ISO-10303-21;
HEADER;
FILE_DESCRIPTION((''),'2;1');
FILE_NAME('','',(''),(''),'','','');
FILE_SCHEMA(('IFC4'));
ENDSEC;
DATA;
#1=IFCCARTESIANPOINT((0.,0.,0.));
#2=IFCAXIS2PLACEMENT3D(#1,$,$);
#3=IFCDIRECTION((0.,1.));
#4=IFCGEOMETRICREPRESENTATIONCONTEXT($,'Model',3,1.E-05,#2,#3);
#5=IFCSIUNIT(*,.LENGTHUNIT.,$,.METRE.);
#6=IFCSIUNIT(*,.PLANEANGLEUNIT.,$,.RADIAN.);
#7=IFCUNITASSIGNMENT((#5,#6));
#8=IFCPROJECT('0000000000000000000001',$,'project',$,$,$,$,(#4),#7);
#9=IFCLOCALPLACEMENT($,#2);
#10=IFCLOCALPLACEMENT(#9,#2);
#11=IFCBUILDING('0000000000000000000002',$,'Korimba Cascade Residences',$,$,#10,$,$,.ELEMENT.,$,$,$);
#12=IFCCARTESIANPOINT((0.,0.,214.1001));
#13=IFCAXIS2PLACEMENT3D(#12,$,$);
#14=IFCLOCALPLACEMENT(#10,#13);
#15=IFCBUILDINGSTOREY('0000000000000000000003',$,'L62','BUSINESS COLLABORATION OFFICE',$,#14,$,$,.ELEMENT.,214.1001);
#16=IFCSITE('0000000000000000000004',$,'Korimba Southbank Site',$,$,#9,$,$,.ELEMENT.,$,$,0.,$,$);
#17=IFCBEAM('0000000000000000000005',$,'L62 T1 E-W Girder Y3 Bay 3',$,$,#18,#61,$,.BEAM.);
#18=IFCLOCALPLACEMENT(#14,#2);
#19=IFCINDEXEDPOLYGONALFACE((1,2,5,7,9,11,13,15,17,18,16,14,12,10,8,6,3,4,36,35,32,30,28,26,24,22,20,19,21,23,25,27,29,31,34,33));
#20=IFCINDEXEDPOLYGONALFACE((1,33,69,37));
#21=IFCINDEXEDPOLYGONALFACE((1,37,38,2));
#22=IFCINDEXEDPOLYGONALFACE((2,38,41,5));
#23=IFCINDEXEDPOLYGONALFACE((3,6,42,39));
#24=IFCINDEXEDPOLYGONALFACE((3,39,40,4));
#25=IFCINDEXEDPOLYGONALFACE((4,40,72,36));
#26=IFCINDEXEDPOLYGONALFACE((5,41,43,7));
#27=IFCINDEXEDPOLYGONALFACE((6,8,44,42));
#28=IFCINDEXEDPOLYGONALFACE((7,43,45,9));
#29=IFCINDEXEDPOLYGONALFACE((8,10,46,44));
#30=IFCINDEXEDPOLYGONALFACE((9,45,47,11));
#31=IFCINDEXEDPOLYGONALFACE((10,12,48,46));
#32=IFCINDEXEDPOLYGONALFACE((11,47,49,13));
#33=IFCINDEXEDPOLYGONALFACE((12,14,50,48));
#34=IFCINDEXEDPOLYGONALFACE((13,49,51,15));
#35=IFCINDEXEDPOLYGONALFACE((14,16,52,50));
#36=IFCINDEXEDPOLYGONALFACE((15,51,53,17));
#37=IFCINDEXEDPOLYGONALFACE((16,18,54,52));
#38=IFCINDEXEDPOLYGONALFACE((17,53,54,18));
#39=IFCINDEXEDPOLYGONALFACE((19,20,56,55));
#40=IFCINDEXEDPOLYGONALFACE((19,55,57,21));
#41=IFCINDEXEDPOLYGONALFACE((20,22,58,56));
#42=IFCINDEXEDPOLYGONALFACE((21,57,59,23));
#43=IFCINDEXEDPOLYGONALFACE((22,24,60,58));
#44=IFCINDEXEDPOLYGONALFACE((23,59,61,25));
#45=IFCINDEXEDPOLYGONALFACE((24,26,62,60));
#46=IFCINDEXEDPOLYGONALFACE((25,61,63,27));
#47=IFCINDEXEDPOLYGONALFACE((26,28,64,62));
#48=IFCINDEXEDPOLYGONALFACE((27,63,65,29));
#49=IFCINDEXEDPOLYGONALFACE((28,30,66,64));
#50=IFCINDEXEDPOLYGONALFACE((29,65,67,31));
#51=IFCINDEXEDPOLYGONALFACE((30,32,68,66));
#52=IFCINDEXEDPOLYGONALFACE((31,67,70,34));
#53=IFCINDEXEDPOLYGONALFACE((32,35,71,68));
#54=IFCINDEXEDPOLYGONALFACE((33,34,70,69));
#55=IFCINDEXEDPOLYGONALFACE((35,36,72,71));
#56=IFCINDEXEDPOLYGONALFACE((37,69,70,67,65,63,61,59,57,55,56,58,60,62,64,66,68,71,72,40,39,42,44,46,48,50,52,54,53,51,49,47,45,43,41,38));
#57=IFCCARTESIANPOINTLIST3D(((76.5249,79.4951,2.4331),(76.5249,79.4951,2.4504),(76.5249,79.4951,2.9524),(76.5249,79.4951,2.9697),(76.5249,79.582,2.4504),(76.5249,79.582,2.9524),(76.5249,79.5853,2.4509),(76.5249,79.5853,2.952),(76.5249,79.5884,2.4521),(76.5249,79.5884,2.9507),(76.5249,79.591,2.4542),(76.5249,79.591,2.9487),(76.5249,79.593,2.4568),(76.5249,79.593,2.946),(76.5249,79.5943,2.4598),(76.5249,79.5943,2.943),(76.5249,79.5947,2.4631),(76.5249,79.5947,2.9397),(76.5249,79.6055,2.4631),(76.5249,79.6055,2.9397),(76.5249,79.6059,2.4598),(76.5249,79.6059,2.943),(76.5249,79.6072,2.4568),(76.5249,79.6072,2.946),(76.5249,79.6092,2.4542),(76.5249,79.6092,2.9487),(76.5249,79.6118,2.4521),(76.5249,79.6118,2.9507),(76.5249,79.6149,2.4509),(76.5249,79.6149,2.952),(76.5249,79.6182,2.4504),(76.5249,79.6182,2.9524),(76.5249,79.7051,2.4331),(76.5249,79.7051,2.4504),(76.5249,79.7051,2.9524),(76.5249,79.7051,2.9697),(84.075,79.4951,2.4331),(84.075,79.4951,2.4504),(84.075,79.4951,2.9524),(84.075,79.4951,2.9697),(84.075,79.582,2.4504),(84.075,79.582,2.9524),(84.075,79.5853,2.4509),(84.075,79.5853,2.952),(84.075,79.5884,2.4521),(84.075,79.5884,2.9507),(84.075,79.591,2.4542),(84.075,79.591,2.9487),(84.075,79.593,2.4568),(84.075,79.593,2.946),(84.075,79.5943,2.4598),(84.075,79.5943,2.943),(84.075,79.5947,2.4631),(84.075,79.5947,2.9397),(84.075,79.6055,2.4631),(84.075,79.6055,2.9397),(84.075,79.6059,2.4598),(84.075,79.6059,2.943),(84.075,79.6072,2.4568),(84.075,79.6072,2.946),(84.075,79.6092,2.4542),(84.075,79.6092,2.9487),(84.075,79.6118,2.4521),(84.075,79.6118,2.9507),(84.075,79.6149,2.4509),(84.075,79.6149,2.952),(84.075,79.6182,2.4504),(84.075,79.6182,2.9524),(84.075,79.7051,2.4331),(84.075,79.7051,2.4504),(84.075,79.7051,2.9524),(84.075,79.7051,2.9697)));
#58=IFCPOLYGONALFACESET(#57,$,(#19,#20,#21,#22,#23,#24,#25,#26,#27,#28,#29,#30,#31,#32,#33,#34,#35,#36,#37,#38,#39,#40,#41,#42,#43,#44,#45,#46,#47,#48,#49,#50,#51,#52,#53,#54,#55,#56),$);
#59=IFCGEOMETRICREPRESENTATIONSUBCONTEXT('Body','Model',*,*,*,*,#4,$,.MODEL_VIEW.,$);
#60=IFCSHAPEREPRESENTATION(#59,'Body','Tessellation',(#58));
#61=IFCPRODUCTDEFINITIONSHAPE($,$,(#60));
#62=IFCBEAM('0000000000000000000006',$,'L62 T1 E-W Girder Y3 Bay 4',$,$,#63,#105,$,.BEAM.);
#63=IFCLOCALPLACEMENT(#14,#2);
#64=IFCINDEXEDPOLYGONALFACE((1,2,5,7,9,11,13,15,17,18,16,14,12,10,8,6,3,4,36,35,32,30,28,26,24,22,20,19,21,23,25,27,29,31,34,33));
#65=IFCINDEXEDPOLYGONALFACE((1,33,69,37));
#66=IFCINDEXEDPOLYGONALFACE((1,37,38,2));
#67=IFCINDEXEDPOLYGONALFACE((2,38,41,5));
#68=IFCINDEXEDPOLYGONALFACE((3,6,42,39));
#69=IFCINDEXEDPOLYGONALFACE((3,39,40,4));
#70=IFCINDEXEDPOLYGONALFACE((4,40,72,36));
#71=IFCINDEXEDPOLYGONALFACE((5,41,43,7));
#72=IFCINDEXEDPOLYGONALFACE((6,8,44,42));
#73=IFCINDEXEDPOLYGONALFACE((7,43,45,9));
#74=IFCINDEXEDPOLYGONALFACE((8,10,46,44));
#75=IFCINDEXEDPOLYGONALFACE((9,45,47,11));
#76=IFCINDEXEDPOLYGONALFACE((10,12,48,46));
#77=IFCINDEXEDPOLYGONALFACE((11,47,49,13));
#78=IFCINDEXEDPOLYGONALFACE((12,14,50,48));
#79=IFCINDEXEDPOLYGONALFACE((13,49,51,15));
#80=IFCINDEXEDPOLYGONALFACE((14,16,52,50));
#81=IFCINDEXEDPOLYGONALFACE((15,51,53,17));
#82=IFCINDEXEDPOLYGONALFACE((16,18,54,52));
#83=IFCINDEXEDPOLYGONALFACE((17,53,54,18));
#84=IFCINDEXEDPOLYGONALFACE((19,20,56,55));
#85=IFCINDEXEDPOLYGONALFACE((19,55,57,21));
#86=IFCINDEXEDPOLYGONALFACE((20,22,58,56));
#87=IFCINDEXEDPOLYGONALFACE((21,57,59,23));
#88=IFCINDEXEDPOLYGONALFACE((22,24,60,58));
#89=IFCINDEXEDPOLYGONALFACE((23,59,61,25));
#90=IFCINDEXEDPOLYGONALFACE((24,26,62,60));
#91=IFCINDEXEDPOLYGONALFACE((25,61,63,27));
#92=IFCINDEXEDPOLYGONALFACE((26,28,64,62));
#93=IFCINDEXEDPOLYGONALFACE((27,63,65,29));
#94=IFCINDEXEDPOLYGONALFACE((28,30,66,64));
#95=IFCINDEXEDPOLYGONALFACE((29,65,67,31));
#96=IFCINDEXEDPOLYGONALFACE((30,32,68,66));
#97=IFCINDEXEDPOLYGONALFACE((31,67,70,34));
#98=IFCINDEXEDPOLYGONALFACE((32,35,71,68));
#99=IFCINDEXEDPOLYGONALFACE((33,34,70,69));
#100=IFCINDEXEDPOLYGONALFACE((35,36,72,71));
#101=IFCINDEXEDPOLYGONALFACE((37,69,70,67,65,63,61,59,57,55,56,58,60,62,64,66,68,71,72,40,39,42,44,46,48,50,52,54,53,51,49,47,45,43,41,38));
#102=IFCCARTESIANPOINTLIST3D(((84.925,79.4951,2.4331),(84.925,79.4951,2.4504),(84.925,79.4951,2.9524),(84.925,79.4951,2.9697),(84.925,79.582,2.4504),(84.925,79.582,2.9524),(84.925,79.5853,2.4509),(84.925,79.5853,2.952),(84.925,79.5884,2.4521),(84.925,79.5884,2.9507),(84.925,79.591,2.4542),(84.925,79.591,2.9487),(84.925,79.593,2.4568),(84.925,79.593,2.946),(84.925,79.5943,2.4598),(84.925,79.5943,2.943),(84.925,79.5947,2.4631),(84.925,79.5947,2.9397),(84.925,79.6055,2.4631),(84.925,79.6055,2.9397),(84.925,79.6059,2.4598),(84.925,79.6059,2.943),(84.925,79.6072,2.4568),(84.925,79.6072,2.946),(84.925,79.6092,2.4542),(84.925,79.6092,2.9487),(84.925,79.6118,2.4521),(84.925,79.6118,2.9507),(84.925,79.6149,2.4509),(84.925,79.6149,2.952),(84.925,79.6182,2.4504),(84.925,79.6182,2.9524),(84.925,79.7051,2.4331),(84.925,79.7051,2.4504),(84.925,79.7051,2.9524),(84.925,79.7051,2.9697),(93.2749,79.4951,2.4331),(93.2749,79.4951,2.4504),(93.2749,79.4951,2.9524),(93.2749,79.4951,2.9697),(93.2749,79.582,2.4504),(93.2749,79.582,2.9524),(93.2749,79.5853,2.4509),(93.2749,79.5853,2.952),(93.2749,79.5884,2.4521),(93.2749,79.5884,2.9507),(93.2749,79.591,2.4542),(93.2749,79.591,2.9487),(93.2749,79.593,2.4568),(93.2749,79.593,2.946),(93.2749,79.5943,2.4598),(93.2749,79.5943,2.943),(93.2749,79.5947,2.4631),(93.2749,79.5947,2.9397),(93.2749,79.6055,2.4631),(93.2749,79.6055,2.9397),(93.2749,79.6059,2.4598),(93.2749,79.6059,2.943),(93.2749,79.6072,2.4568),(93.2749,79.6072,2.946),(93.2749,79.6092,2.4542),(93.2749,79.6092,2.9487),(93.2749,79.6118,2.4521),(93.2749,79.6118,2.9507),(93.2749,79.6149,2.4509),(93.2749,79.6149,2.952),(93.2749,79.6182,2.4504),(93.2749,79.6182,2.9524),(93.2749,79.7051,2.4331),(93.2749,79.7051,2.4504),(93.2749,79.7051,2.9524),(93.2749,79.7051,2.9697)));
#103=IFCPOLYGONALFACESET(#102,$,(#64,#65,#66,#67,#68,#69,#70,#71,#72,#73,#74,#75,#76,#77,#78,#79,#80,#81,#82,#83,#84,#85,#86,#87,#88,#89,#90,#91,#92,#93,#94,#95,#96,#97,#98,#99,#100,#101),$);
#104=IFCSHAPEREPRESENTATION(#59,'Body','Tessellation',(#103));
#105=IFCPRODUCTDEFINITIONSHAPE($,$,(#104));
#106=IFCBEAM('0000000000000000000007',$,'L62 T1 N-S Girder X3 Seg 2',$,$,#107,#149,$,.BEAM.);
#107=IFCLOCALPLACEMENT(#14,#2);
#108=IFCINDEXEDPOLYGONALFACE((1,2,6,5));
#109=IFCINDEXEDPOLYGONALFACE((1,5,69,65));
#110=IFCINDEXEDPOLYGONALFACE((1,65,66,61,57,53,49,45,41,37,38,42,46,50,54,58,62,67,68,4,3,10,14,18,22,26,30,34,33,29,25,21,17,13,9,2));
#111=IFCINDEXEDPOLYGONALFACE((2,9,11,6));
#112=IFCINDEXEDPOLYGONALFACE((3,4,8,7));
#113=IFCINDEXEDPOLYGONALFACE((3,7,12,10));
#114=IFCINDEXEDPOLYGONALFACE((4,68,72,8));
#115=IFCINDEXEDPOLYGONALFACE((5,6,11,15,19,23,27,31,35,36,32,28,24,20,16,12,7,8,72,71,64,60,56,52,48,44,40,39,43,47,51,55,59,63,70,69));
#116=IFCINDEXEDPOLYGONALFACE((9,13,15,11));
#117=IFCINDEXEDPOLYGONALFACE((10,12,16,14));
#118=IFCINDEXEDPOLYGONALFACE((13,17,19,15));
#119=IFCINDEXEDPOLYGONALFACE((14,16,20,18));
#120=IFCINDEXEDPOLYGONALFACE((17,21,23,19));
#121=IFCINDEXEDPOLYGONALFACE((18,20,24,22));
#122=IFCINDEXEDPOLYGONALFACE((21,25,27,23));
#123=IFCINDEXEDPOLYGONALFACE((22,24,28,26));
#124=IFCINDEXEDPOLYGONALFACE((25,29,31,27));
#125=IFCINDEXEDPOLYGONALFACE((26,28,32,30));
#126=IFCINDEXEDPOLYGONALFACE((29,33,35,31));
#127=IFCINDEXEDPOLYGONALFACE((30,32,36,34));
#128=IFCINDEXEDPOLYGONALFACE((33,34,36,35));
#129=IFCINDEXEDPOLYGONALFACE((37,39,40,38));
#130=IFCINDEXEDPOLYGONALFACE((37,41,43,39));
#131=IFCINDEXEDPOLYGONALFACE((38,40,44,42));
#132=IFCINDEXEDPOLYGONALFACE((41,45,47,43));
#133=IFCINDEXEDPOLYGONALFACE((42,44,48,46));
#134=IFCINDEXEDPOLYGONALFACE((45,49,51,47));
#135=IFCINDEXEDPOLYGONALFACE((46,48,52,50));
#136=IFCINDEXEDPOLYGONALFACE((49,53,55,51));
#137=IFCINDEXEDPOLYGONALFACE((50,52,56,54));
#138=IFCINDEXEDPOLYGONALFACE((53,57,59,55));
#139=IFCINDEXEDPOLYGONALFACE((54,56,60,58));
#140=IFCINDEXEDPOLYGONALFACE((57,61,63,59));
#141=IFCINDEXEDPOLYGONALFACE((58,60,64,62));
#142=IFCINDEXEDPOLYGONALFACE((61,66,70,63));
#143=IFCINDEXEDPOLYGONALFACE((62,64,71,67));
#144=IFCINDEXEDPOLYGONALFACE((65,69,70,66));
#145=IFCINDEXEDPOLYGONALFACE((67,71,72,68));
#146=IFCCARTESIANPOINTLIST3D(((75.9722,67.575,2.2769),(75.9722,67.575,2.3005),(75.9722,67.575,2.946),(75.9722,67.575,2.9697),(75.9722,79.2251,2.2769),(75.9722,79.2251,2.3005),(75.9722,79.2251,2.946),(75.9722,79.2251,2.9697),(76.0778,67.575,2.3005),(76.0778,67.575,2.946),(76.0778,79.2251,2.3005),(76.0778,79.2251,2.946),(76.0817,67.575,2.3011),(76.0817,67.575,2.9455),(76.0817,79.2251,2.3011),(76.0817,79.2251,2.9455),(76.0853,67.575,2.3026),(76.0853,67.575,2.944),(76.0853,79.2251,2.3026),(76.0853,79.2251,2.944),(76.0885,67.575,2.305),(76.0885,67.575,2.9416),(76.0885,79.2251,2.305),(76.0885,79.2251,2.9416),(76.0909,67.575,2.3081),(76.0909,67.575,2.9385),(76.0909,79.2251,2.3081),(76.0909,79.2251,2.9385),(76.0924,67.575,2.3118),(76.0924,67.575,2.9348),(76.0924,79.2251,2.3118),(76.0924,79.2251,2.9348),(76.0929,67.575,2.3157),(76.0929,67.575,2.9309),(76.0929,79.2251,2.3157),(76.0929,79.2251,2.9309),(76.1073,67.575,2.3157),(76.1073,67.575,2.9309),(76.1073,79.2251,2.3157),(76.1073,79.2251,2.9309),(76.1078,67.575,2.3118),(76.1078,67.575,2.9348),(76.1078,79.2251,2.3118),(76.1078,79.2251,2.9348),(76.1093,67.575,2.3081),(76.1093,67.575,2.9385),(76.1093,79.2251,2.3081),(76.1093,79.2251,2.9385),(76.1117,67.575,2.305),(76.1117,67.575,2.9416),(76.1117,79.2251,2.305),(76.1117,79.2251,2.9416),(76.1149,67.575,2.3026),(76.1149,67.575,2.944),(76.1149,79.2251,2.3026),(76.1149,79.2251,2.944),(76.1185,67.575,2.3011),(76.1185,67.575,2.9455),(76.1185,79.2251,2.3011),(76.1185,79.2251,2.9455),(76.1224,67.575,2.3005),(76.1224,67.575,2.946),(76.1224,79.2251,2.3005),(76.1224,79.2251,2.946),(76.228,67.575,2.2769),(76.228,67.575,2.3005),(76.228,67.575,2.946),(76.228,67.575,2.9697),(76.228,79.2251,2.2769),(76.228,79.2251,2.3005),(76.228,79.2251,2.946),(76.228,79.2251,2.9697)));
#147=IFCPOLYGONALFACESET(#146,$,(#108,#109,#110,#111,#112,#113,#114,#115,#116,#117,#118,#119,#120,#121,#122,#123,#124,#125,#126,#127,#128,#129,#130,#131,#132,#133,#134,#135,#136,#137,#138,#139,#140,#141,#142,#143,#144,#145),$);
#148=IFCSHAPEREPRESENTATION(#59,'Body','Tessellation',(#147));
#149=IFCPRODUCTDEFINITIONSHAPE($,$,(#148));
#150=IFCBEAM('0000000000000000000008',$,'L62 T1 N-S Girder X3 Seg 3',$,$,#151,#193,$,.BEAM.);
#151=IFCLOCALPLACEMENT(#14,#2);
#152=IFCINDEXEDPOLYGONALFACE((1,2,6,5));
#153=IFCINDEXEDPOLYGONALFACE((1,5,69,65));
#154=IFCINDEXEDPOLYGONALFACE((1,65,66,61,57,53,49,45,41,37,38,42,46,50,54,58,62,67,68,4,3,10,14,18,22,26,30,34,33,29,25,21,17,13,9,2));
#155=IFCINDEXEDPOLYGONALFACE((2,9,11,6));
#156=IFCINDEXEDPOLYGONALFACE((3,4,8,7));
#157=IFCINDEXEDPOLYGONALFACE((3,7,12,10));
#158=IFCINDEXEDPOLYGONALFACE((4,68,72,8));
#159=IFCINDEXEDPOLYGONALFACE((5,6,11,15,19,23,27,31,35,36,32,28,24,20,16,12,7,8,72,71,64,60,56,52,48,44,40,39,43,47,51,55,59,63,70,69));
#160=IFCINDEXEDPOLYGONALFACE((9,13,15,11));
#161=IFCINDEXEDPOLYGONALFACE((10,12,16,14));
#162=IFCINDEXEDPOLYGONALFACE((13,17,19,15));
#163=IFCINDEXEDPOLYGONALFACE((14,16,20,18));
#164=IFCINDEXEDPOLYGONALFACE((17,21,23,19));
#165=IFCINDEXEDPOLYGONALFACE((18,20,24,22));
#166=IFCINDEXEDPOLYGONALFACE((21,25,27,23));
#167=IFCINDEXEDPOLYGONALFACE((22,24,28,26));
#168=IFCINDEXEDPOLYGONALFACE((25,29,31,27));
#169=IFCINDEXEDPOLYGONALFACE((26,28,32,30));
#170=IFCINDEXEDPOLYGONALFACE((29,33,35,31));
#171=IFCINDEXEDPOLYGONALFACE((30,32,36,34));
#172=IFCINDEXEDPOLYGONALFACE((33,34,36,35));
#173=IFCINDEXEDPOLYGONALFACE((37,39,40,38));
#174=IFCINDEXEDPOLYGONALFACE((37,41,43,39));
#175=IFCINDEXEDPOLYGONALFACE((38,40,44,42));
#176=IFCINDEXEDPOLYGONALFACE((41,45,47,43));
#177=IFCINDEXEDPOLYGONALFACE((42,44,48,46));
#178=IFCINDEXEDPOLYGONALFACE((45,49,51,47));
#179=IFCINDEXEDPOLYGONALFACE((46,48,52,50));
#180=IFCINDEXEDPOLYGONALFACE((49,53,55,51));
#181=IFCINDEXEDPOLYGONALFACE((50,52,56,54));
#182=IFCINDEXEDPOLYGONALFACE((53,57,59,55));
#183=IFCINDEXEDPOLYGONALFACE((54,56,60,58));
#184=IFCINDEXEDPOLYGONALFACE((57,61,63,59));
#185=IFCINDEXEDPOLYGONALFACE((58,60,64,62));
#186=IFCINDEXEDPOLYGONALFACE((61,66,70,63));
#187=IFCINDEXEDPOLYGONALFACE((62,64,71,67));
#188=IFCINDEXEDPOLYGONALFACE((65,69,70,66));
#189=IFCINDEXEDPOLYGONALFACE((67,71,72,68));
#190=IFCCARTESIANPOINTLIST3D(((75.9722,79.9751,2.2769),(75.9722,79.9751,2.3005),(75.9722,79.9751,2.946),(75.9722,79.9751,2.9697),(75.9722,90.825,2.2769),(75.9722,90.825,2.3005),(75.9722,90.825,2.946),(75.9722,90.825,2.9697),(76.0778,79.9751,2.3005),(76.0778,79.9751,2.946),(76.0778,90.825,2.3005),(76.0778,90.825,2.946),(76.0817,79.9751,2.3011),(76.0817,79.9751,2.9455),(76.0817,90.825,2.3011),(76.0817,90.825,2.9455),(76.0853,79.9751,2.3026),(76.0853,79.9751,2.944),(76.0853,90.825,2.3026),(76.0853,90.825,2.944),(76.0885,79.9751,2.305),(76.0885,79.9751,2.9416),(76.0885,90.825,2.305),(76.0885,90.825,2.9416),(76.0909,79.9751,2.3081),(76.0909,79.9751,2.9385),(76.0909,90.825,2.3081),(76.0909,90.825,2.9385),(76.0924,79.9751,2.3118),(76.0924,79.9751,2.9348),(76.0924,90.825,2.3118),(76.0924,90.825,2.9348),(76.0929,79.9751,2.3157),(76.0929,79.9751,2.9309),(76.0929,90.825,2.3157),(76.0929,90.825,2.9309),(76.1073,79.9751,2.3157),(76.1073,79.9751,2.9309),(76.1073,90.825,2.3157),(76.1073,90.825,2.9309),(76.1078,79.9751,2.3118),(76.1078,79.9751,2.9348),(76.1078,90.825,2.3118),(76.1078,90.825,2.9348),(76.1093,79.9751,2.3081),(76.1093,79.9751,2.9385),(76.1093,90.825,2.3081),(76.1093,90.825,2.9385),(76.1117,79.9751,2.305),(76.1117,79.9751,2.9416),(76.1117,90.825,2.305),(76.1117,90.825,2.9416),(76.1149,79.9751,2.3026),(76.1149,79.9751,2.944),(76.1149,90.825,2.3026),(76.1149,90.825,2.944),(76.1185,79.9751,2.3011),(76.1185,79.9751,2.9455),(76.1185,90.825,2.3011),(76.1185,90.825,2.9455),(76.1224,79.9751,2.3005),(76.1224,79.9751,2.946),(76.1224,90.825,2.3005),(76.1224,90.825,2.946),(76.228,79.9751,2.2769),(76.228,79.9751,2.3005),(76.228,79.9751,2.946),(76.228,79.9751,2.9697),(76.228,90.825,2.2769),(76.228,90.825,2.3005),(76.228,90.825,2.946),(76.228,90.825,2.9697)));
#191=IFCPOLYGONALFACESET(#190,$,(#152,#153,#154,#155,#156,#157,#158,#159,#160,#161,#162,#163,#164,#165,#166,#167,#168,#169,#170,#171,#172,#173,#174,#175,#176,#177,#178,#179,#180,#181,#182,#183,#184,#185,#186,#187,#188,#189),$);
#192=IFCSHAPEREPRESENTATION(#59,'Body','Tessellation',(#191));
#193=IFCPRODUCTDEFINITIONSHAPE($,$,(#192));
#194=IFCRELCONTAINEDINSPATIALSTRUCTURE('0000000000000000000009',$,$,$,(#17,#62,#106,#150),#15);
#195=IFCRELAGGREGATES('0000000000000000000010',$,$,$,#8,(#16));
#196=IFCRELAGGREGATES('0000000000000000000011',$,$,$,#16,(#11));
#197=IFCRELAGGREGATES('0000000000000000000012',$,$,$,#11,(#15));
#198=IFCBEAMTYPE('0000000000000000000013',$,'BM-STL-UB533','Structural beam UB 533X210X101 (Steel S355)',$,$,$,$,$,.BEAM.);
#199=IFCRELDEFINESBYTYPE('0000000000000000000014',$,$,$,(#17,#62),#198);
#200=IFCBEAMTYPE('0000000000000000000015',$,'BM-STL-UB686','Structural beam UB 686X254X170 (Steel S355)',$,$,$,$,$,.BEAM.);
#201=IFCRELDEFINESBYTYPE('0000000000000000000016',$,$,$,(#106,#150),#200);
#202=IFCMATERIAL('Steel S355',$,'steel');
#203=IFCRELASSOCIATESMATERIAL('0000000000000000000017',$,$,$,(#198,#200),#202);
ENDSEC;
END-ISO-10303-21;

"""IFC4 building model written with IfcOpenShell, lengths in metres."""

from ifc_helpers import new_model, si_unit, direction, frame, origin, origin_2d, place, context, subcontext, project, spatial, i_section, extrude, material, material_profile, profile_set, type_object, element, save


model = new_model("IFC4")

# Units and contexts
model_context = context("Model", 3, precision=1e-05, world=origin(), true_north=direction((0.0, 1.0)))
body_context = subcontext(model_context, "Body", "Model", "MODEL_VIEW")
ifc_project = project(units=[si_unit("LENGTHUNIT", "METRE"), si_unit("PLANEANGLEUNIT", "RADIAN")], contexts=[model_context])

# Site, building, storey
site_placement = place(None, origin())
site = spatial("IfcSite", under=ifc_project, at=site_placement, Name="Korimba Southbank Site", CompositionType="ELEMENT", RefElevation=0.0)
building_placement = place(site_placement, origin())
building = spatial("IfcBuilding", under=site, at=building_placement, Name="Korimba Cascade Residences", CompositionType="ELEMENT")
storey_placement = place(building_placement, frame((0.0, 0.0, 214.1001)))
storey = spatial("IfcBuildingStorey", under=building, at=storey_placement, Name="L62", Description="BUSINESS COLLABORATION OFFICE", CompositionType="ELEMENT", Elevation=214.1001)

# Beams
ifc_material_1 = material(Name="Steel S355", Category="steel")
ifc_material_profile_1 = material_profile(ifc_material_1, i_section(OverallWidth=0.21, OverallDepth=0.5366, WebThickness=0.0107, FlangeThickness=0.0173, FilletRadius=0.0127, at=origin_2d()), Name="Steel S355")
ifc_profile_set_1 = profile_set([ifc_material_profile_1], Name="Steel S355")
beam_type_1 = type_object("IfcBeamType", Name="BM-STL-UB533", Description="Structural beam UB 533X210X101 (Steel S355)", PredefinedType="BEAM", material=ifc_profile_set_1)
beam_1_placement = place(storey_placement, frame((76.5249, 79.6001, 2.7014), z_axis=(1.0, 0.0, 0.0), x_axis=(0.0, 1.0, 0.0)))
element("IfcBeam", 1, at=beam_1_placement, inside=storey, type_object=beam_type_1, Name="L62 T1 E-W Girder Y3 Bay 3", PredefinedType="BEAM", context=body_context, shape_type="SweptSolid", body=[
    extrude(i_section(OverallWidth=0.21, OverallDepth=0.5366, WebThickness=0.0107, FlangeThickness=0.0173, FilletRadius=0.0127, at=origin_2d()), origin(), (0.0, 0.0, 1.0), 7.55),
])
beam_2_placement = place(storey_placement, frame((84.925, 79.6001, 2.7014), z_axis=(1.0, 0.0, 0.0), x_axis=(0.0, 1.0, 0.0)))
element("IfcBeam", 2, at=beam_2_placement, inside=storey, type_object=beam_type_1, Name="L62 T1 E-W Girder Y3 Bay 4", PredefinedType="BEAM", context=body_context, shape_type="SweptSolid", body=[
    extrude(i_section(OverallWidth=0.21, OverallDepth=0.5366, WebThickness=0.0107, FlangeThickness=0.0173, FilletRadius=0.0127, at=origin_2d()), origin(), (0.0, 0.0, 1.0), 8.3499),
])
ifc_material_profile_2 = material_profile(ifc_material_1, i_section(OverallWidth=0.2559, OverallDepth=0.6929, WebThickness=0.0144, FlangeThickness=0.0237, FilletRadius=0.0151, at=origin_2d()), Name="Steel S355")
ifc_profile_set_2 = profile_set([ifc_material_profile_2], Name="Steel S355")
beam_type_2 = type_object("IfcBeamType", Name="BM-STL-UB686", Description="Structural beam UB 686X254X170 (Steel S355)", PredefinedType="BEAM", material=ifc_profile_set_2)
beam_3_placement = place(storey_placement, frame((76.1001, 67.575, 2.6233), z_axis=(0.0, 1.0, 0.0), x_axis=(-1.0, 0.0, 0.0)))
element("IfcBeam", 3, at=beam_3_placement, inside=storey, type_object=beam_type_2, Name="L62 T1 N-S Girder X3 Seg 2", PredefinedType="BEAM", context=body_context, shape_type="SweptSolid", body=[
    extrude(i_section(OverallWidth=0.2559, OverallDepth=0.6929, WebThickness=0.0144, FlangeThickness=0.0237, FilletRadius=0.0151, at=origin_2d()), origin(), (0.0, 0.0, 1.0), 11.6501),
])
beam_4_placement = place(storey_placement, frame((76.1001, 79.9751, 2.6233), z_axis=(0.0, 1.0, 0.0), x_axis=(-1.0, 0.0, 0.0)))
element("IfcBeam", 4, at=beam_4_placement, inside=storey, type_object=beam_type_2, Name="L62 T1 N-S Girder X3 Seg 3", PredefinedType="BEAM", context=body_context, shape_type="SweptSolid", body=[
    extrude(i_section(OverallWidth=0.2559, OverallDepth=0.6929, WebThickness=0.0144, FlangeThickness=0.0237, FilletRadius=0.0151, at=origin_2d()), origin(), (0.0, 0.0, 1.0), 10.8499),
])

save(model, "model.ifc")
